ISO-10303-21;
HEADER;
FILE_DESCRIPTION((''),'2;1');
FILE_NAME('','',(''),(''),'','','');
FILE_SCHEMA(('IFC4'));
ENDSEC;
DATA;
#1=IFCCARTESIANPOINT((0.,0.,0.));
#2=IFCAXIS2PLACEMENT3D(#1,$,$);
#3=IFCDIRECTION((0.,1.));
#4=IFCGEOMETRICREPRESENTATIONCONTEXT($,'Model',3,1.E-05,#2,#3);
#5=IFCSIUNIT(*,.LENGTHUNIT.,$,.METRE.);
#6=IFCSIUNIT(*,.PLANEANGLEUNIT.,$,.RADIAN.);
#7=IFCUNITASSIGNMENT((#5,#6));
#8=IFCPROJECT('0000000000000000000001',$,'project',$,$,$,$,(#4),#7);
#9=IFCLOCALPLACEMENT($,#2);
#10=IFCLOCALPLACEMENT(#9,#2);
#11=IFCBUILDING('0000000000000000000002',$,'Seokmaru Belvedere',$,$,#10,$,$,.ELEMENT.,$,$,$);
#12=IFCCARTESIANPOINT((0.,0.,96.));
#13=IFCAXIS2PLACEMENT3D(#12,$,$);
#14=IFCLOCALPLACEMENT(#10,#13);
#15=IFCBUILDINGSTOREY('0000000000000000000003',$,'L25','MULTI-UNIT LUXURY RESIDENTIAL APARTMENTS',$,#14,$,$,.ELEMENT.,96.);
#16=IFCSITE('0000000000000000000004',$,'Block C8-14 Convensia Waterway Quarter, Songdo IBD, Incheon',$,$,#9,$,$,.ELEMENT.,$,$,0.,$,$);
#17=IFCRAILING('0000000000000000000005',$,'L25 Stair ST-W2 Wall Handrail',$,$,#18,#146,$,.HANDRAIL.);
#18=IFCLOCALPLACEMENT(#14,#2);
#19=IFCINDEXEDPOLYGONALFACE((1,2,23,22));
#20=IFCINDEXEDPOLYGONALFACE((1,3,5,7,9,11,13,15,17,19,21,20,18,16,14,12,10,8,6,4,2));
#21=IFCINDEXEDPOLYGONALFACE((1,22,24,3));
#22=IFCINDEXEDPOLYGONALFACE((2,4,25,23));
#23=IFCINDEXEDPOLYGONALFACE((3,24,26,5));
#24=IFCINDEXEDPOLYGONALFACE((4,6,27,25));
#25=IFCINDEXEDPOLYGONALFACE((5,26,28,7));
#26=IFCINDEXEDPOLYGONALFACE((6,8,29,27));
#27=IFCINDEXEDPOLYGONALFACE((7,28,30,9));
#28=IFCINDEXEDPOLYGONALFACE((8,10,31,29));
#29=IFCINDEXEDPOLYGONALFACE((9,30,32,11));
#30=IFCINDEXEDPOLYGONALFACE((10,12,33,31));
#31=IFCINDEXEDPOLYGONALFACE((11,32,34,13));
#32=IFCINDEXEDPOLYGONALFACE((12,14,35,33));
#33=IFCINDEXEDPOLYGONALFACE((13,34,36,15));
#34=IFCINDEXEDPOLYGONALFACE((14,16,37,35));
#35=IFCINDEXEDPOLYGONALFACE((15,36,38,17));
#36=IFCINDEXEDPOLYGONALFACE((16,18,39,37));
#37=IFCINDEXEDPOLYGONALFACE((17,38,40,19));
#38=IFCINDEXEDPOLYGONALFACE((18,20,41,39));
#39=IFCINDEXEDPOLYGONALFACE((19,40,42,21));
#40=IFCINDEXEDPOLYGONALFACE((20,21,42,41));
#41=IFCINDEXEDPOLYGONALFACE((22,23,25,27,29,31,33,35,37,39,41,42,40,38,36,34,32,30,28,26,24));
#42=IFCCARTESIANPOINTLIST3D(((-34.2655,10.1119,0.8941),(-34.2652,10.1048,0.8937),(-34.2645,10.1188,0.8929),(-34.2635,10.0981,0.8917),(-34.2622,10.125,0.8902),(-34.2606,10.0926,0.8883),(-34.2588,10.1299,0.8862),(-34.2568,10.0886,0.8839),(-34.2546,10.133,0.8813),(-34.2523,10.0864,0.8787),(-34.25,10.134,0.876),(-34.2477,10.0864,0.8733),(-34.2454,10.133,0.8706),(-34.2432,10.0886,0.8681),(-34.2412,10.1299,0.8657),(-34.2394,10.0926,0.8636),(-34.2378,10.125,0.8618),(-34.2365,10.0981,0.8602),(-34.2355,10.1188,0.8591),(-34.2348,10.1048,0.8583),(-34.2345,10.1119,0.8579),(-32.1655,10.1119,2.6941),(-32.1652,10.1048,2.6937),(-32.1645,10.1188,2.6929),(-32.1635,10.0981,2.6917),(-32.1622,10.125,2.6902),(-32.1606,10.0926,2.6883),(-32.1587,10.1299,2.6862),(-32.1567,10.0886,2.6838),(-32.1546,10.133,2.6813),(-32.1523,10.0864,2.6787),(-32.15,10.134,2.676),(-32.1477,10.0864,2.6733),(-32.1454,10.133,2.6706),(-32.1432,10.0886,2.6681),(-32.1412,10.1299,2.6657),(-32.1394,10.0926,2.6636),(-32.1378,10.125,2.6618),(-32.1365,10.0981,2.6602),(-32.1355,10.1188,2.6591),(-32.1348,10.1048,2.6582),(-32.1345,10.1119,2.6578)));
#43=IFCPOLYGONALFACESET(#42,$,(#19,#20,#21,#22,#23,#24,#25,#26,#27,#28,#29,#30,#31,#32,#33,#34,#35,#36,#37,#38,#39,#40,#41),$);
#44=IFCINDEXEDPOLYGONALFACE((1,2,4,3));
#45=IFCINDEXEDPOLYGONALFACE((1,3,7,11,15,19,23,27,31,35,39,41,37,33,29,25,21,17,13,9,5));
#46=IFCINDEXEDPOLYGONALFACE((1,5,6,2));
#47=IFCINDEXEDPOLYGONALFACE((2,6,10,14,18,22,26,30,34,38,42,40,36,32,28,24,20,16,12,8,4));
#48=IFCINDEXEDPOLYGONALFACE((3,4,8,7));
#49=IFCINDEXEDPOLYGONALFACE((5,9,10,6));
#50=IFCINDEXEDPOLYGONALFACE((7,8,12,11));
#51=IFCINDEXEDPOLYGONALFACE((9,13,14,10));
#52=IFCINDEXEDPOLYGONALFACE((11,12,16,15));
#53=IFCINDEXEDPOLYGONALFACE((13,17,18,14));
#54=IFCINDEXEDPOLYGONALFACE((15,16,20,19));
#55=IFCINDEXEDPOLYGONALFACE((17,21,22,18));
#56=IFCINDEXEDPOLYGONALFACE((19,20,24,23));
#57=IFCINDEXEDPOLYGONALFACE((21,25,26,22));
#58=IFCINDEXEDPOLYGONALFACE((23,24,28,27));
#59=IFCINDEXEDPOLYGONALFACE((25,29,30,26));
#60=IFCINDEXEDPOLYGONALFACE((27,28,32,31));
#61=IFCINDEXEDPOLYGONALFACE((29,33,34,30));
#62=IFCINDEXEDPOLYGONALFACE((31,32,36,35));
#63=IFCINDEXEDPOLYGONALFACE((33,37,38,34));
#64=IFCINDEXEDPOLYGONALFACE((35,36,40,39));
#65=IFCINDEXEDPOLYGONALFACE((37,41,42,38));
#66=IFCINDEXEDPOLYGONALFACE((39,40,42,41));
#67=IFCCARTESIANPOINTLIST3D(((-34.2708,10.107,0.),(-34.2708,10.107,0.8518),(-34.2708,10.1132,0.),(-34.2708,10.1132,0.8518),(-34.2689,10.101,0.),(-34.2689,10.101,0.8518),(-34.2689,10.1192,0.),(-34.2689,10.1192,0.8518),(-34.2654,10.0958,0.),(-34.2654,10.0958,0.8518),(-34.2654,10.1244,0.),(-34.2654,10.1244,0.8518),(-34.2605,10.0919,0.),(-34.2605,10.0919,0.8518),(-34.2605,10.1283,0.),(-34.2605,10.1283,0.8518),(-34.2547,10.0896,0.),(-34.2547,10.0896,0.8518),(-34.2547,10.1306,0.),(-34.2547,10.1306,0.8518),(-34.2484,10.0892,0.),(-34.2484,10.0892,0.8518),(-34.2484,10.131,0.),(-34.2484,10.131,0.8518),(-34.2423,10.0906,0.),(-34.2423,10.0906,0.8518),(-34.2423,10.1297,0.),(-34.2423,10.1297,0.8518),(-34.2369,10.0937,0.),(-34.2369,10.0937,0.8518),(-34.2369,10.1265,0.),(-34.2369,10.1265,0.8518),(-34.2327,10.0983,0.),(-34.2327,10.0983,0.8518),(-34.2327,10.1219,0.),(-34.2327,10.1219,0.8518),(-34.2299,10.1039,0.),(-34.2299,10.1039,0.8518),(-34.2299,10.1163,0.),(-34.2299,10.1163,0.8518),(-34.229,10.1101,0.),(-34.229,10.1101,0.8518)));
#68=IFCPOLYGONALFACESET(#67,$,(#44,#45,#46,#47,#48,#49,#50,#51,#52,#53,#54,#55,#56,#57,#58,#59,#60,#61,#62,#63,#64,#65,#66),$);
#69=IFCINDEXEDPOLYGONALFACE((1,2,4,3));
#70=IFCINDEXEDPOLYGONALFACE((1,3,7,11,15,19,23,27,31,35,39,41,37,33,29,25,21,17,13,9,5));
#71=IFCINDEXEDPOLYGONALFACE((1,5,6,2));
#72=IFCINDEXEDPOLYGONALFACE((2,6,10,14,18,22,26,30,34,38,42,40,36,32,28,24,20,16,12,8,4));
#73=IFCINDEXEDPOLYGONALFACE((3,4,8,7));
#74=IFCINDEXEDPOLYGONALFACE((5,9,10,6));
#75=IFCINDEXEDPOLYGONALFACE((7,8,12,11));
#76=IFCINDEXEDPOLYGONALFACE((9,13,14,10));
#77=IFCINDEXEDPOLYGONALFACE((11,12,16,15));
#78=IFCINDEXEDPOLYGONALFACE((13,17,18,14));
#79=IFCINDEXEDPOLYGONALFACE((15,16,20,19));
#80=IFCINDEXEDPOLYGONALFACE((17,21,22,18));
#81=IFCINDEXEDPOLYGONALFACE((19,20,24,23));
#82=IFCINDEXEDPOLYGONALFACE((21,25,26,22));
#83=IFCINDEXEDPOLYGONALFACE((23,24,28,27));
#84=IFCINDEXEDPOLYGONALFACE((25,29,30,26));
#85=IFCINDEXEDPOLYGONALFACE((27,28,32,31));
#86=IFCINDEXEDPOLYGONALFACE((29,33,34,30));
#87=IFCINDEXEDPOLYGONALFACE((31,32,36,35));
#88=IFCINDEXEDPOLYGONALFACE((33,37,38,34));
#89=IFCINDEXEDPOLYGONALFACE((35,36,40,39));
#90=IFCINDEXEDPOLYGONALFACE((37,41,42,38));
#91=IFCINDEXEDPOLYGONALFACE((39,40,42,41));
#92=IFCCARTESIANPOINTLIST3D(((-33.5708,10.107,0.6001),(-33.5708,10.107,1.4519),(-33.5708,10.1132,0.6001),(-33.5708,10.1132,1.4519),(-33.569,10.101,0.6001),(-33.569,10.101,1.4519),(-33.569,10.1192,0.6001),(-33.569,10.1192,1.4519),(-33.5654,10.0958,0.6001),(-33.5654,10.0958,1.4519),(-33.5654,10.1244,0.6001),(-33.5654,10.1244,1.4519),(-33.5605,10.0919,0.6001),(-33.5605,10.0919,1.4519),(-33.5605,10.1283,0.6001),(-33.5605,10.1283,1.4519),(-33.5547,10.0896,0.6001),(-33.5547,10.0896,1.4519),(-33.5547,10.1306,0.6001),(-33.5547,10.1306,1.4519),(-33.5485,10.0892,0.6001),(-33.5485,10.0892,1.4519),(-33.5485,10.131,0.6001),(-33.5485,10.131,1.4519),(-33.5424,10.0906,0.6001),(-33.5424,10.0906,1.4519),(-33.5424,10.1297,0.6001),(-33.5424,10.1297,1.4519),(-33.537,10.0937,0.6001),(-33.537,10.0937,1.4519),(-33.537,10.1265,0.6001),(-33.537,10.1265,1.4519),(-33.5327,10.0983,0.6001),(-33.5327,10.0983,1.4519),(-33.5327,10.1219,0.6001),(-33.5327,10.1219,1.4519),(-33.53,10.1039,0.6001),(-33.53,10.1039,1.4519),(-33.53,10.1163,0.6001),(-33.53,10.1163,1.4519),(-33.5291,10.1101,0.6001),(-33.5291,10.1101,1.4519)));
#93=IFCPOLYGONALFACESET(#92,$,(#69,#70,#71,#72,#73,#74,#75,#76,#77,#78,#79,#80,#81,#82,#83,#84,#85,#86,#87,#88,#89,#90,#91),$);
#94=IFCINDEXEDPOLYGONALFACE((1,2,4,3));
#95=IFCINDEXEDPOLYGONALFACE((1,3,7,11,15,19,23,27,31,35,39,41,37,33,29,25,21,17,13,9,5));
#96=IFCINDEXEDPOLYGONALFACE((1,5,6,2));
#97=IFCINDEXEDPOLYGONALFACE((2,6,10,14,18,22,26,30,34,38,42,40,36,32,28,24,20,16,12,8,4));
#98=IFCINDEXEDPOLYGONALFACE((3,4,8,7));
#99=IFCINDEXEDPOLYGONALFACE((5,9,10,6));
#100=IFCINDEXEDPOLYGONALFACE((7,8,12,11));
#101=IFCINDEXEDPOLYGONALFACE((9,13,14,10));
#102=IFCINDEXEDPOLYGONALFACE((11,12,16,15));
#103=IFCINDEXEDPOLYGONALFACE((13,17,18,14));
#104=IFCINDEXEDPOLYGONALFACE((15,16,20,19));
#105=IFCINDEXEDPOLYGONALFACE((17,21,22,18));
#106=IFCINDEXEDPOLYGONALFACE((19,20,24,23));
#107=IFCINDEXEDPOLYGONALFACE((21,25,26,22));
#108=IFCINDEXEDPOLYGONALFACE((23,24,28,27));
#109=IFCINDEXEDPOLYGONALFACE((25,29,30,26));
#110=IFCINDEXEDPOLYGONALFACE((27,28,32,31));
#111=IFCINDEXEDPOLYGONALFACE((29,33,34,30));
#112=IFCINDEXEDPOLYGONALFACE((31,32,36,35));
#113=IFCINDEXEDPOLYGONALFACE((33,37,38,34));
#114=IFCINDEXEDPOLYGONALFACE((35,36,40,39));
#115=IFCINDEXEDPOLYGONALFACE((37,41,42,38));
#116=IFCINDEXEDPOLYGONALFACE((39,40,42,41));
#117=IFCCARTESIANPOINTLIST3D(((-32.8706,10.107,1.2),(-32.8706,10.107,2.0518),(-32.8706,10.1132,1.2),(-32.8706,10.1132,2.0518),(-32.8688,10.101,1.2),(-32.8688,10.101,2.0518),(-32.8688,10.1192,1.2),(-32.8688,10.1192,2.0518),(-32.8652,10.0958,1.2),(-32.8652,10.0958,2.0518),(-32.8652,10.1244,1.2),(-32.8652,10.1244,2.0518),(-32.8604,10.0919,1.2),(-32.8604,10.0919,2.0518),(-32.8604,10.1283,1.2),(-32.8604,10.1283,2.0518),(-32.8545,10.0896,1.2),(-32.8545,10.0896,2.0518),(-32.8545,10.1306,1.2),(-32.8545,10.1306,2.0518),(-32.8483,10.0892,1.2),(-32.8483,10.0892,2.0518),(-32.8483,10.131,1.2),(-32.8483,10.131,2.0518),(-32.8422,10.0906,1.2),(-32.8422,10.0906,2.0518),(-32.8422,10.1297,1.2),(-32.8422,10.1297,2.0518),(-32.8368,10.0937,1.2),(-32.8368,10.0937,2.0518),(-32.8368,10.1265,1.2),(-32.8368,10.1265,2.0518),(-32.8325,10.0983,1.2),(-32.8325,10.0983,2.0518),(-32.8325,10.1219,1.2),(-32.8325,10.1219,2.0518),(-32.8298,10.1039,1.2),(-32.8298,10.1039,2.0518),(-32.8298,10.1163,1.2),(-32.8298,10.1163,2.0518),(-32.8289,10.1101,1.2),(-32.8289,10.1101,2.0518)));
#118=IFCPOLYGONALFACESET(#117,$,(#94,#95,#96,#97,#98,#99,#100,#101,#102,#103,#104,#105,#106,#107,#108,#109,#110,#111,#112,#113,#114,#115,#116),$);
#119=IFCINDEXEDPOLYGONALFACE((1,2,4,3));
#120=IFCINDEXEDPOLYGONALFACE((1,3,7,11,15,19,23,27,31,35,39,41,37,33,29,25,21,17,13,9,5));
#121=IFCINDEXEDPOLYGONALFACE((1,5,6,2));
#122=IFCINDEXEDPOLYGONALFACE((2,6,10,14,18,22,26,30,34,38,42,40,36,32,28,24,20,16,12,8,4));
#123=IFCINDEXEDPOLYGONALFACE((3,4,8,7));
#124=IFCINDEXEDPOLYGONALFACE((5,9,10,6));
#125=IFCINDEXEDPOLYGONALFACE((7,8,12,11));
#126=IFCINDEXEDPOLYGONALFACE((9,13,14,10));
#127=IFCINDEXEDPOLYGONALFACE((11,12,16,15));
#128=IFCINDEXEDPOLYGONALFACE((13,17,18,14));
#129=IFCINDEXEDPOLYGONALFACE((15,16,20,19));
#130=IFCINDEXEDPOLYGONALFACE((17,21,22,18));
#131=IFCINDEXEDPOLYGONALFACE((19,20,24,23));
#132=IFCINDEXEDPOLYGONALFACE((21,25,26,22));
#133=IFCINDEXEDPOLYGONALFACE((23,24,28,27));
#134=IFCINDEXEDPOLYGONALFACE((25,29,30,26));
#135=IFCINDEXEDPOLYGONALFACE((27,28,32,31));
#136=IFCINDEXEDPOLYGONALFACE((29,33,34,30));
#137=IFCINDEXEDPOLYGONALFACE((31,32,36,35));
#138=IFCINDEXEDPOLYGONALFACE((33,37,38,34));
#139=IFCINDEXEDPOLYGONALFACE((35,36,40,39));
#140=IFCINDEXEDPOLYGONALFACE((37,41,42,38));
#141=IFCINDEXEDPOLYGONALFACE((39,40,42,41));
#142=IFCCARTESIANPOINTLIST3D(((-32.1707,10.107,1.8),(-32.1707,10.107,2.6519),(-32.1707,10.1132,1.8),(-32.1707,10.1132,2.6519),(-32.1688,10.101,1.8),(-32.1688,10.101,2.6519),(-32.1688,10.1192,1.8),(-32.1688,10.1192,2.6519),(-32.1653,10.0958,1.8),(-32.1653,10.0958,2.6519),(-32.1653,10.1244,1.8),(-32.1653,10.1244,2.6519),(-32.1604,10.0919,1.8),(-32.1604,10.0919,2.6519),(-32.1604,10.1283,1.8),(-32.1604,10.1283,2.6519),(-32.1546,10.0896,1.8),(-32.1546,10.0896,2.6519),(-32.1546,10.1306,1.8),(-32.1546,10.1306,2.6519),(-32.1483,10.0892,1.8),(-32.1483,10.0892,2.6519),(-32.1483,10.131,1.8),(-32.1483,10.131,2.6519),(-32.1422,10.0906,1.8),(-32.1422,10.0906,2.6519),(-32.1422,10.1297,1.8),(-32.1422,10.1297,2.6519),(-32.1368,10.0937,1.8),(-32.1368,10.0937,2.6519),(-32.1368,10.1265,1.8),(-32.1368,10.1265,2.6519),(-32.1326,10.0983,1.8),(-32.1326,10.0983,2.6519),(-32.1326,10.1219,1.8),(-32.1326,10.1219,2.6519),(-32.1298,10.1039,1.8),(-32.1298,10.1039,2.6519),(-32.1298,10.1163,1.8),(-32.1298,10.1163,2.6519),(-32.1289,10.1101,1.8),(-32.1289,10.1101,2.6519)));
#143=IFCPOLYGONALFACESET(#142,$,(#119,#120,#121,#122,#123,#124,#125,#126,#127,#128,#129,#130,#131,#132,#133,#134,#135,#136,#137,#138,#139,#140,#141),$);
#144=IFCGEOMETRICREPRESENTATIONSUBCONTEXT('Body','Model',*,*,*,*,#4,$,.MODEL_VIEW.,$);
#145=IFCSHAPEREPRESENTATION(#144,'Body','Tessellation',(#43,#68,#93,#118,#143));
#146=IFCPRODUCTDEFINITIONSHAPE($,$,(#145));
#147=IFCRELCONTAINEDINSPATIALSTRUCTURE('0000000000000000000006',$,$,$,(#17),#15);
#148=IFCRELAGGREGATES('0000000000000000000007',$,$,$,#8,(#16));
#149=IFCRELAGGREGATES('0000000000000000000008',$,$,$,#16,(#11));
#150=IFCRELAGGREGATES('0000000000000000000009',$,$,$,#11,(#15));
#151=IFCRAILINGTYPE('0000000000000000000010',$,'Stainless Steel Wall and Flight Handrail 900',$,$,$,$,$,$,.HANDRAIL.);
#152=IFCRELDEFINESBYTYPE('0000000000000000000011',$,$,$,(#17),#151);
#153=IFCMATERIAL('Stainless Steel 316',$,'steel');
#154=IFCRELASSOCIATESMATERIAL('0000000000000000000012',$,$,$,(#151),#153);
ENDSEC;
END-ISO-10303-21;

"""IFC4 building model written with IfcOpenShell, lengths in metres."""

from ifc_helpers import new_model, si_unit, direction, frame, origin, origin_2d, place, context, subcontext, project, spatial, circle, extrude, material, type_object, element, save


model = new_model("IFC4")

# Units and contexts
model_context = context("Model", 3, precision=1e-05, world=origin(), true_north=direction((0.0, 1.0)))
body_context = subcontext(model_context, "Body", "Model", "MODEL_VIEW")
ifc_project = project(units=[si_unit("LENGTHUNIT", "METRE"), si_unit("PLANEANGLEUNIT", "RADIAN")], contexts=[model_context])

# Site, building, storey
site_placement = place(None, origin())
site = spatial("IfcSite", under=ifc_project, at=site_placement, Name="Block C8-14 Convensia Waterway Quarter, Songdo IBD, Incheon", CompositionType="ELEMENT", RefElevation=0.0)
building_placement = place(site_placement, origin())
building = spatial("IfcBuilding", under=site, at=building_placement, Name="Seokmaru Belvedere", CompositionType="ELEMENT")
storey_placement = place(building_placement, frame((0.0, 0.0, 96.0)))
storey = spatial("IfcBuildingStorey", under=building, at=storey_placement, Name="L25", Description="MULTI-UNIT LUXURY RESIDENTIAL APARTMENTS", CompositionType="ELEMENT", Elevation=96.0)

# Railing
ifc_material_1 = material(Name="Stainless Steel 316", Category="steel")
railing_type_1 = type_object("IfcRailingType", Name="Stainless Steel Wall and Flight Handrail 900", PredefinedType="HANDRAIL", material=ifc_material_1)
railing_1_placement = place(storey_placement, frame((-34.25, 10.1101, 0.0)))
element("IfcRailing", 1, at=railing_1_placement, inside=storey, type_object=railing_type_1, Name="L25 Stair ST-W2 Wall Handrail", PredefinedType="HANDRAIL", context=body_context, shape_type="SweptSolid", body=[
    extrude(circle(Radius=0.0239, at=origin_2d()), frame((0.0, 0.0, 0.876), z_axis=(0.759263, 0.0, 0.650784), x_axis=(0.0, 1.0, 0.0)), (0.0, 0.0, 1.0), 2.7659),
    extrude(circle(Radius=0.021, at=origin_2d()), origin(), (0.0, 0.0, 1.0), 0.8518),
    extrude(circle(Radius=0.021, at=origin_2d()), frame((0.7, 0.0, 0.6001)), (0.0, 0.0, 1.0), 0.8518),
    extrude(circle(Radius=0.021, at=origin_2d()), frame((1.4001, 0.0, 1.2)), (0.0, 0.0, 1.0), 0.8518),
    extrude(circle(Radius=0.021, at=origin_2d()), frame((2.1001, 0.0, 1.8)), (0.0, 0.0, 1.0), 0.8518),
])

save(model, "model.ifc")
